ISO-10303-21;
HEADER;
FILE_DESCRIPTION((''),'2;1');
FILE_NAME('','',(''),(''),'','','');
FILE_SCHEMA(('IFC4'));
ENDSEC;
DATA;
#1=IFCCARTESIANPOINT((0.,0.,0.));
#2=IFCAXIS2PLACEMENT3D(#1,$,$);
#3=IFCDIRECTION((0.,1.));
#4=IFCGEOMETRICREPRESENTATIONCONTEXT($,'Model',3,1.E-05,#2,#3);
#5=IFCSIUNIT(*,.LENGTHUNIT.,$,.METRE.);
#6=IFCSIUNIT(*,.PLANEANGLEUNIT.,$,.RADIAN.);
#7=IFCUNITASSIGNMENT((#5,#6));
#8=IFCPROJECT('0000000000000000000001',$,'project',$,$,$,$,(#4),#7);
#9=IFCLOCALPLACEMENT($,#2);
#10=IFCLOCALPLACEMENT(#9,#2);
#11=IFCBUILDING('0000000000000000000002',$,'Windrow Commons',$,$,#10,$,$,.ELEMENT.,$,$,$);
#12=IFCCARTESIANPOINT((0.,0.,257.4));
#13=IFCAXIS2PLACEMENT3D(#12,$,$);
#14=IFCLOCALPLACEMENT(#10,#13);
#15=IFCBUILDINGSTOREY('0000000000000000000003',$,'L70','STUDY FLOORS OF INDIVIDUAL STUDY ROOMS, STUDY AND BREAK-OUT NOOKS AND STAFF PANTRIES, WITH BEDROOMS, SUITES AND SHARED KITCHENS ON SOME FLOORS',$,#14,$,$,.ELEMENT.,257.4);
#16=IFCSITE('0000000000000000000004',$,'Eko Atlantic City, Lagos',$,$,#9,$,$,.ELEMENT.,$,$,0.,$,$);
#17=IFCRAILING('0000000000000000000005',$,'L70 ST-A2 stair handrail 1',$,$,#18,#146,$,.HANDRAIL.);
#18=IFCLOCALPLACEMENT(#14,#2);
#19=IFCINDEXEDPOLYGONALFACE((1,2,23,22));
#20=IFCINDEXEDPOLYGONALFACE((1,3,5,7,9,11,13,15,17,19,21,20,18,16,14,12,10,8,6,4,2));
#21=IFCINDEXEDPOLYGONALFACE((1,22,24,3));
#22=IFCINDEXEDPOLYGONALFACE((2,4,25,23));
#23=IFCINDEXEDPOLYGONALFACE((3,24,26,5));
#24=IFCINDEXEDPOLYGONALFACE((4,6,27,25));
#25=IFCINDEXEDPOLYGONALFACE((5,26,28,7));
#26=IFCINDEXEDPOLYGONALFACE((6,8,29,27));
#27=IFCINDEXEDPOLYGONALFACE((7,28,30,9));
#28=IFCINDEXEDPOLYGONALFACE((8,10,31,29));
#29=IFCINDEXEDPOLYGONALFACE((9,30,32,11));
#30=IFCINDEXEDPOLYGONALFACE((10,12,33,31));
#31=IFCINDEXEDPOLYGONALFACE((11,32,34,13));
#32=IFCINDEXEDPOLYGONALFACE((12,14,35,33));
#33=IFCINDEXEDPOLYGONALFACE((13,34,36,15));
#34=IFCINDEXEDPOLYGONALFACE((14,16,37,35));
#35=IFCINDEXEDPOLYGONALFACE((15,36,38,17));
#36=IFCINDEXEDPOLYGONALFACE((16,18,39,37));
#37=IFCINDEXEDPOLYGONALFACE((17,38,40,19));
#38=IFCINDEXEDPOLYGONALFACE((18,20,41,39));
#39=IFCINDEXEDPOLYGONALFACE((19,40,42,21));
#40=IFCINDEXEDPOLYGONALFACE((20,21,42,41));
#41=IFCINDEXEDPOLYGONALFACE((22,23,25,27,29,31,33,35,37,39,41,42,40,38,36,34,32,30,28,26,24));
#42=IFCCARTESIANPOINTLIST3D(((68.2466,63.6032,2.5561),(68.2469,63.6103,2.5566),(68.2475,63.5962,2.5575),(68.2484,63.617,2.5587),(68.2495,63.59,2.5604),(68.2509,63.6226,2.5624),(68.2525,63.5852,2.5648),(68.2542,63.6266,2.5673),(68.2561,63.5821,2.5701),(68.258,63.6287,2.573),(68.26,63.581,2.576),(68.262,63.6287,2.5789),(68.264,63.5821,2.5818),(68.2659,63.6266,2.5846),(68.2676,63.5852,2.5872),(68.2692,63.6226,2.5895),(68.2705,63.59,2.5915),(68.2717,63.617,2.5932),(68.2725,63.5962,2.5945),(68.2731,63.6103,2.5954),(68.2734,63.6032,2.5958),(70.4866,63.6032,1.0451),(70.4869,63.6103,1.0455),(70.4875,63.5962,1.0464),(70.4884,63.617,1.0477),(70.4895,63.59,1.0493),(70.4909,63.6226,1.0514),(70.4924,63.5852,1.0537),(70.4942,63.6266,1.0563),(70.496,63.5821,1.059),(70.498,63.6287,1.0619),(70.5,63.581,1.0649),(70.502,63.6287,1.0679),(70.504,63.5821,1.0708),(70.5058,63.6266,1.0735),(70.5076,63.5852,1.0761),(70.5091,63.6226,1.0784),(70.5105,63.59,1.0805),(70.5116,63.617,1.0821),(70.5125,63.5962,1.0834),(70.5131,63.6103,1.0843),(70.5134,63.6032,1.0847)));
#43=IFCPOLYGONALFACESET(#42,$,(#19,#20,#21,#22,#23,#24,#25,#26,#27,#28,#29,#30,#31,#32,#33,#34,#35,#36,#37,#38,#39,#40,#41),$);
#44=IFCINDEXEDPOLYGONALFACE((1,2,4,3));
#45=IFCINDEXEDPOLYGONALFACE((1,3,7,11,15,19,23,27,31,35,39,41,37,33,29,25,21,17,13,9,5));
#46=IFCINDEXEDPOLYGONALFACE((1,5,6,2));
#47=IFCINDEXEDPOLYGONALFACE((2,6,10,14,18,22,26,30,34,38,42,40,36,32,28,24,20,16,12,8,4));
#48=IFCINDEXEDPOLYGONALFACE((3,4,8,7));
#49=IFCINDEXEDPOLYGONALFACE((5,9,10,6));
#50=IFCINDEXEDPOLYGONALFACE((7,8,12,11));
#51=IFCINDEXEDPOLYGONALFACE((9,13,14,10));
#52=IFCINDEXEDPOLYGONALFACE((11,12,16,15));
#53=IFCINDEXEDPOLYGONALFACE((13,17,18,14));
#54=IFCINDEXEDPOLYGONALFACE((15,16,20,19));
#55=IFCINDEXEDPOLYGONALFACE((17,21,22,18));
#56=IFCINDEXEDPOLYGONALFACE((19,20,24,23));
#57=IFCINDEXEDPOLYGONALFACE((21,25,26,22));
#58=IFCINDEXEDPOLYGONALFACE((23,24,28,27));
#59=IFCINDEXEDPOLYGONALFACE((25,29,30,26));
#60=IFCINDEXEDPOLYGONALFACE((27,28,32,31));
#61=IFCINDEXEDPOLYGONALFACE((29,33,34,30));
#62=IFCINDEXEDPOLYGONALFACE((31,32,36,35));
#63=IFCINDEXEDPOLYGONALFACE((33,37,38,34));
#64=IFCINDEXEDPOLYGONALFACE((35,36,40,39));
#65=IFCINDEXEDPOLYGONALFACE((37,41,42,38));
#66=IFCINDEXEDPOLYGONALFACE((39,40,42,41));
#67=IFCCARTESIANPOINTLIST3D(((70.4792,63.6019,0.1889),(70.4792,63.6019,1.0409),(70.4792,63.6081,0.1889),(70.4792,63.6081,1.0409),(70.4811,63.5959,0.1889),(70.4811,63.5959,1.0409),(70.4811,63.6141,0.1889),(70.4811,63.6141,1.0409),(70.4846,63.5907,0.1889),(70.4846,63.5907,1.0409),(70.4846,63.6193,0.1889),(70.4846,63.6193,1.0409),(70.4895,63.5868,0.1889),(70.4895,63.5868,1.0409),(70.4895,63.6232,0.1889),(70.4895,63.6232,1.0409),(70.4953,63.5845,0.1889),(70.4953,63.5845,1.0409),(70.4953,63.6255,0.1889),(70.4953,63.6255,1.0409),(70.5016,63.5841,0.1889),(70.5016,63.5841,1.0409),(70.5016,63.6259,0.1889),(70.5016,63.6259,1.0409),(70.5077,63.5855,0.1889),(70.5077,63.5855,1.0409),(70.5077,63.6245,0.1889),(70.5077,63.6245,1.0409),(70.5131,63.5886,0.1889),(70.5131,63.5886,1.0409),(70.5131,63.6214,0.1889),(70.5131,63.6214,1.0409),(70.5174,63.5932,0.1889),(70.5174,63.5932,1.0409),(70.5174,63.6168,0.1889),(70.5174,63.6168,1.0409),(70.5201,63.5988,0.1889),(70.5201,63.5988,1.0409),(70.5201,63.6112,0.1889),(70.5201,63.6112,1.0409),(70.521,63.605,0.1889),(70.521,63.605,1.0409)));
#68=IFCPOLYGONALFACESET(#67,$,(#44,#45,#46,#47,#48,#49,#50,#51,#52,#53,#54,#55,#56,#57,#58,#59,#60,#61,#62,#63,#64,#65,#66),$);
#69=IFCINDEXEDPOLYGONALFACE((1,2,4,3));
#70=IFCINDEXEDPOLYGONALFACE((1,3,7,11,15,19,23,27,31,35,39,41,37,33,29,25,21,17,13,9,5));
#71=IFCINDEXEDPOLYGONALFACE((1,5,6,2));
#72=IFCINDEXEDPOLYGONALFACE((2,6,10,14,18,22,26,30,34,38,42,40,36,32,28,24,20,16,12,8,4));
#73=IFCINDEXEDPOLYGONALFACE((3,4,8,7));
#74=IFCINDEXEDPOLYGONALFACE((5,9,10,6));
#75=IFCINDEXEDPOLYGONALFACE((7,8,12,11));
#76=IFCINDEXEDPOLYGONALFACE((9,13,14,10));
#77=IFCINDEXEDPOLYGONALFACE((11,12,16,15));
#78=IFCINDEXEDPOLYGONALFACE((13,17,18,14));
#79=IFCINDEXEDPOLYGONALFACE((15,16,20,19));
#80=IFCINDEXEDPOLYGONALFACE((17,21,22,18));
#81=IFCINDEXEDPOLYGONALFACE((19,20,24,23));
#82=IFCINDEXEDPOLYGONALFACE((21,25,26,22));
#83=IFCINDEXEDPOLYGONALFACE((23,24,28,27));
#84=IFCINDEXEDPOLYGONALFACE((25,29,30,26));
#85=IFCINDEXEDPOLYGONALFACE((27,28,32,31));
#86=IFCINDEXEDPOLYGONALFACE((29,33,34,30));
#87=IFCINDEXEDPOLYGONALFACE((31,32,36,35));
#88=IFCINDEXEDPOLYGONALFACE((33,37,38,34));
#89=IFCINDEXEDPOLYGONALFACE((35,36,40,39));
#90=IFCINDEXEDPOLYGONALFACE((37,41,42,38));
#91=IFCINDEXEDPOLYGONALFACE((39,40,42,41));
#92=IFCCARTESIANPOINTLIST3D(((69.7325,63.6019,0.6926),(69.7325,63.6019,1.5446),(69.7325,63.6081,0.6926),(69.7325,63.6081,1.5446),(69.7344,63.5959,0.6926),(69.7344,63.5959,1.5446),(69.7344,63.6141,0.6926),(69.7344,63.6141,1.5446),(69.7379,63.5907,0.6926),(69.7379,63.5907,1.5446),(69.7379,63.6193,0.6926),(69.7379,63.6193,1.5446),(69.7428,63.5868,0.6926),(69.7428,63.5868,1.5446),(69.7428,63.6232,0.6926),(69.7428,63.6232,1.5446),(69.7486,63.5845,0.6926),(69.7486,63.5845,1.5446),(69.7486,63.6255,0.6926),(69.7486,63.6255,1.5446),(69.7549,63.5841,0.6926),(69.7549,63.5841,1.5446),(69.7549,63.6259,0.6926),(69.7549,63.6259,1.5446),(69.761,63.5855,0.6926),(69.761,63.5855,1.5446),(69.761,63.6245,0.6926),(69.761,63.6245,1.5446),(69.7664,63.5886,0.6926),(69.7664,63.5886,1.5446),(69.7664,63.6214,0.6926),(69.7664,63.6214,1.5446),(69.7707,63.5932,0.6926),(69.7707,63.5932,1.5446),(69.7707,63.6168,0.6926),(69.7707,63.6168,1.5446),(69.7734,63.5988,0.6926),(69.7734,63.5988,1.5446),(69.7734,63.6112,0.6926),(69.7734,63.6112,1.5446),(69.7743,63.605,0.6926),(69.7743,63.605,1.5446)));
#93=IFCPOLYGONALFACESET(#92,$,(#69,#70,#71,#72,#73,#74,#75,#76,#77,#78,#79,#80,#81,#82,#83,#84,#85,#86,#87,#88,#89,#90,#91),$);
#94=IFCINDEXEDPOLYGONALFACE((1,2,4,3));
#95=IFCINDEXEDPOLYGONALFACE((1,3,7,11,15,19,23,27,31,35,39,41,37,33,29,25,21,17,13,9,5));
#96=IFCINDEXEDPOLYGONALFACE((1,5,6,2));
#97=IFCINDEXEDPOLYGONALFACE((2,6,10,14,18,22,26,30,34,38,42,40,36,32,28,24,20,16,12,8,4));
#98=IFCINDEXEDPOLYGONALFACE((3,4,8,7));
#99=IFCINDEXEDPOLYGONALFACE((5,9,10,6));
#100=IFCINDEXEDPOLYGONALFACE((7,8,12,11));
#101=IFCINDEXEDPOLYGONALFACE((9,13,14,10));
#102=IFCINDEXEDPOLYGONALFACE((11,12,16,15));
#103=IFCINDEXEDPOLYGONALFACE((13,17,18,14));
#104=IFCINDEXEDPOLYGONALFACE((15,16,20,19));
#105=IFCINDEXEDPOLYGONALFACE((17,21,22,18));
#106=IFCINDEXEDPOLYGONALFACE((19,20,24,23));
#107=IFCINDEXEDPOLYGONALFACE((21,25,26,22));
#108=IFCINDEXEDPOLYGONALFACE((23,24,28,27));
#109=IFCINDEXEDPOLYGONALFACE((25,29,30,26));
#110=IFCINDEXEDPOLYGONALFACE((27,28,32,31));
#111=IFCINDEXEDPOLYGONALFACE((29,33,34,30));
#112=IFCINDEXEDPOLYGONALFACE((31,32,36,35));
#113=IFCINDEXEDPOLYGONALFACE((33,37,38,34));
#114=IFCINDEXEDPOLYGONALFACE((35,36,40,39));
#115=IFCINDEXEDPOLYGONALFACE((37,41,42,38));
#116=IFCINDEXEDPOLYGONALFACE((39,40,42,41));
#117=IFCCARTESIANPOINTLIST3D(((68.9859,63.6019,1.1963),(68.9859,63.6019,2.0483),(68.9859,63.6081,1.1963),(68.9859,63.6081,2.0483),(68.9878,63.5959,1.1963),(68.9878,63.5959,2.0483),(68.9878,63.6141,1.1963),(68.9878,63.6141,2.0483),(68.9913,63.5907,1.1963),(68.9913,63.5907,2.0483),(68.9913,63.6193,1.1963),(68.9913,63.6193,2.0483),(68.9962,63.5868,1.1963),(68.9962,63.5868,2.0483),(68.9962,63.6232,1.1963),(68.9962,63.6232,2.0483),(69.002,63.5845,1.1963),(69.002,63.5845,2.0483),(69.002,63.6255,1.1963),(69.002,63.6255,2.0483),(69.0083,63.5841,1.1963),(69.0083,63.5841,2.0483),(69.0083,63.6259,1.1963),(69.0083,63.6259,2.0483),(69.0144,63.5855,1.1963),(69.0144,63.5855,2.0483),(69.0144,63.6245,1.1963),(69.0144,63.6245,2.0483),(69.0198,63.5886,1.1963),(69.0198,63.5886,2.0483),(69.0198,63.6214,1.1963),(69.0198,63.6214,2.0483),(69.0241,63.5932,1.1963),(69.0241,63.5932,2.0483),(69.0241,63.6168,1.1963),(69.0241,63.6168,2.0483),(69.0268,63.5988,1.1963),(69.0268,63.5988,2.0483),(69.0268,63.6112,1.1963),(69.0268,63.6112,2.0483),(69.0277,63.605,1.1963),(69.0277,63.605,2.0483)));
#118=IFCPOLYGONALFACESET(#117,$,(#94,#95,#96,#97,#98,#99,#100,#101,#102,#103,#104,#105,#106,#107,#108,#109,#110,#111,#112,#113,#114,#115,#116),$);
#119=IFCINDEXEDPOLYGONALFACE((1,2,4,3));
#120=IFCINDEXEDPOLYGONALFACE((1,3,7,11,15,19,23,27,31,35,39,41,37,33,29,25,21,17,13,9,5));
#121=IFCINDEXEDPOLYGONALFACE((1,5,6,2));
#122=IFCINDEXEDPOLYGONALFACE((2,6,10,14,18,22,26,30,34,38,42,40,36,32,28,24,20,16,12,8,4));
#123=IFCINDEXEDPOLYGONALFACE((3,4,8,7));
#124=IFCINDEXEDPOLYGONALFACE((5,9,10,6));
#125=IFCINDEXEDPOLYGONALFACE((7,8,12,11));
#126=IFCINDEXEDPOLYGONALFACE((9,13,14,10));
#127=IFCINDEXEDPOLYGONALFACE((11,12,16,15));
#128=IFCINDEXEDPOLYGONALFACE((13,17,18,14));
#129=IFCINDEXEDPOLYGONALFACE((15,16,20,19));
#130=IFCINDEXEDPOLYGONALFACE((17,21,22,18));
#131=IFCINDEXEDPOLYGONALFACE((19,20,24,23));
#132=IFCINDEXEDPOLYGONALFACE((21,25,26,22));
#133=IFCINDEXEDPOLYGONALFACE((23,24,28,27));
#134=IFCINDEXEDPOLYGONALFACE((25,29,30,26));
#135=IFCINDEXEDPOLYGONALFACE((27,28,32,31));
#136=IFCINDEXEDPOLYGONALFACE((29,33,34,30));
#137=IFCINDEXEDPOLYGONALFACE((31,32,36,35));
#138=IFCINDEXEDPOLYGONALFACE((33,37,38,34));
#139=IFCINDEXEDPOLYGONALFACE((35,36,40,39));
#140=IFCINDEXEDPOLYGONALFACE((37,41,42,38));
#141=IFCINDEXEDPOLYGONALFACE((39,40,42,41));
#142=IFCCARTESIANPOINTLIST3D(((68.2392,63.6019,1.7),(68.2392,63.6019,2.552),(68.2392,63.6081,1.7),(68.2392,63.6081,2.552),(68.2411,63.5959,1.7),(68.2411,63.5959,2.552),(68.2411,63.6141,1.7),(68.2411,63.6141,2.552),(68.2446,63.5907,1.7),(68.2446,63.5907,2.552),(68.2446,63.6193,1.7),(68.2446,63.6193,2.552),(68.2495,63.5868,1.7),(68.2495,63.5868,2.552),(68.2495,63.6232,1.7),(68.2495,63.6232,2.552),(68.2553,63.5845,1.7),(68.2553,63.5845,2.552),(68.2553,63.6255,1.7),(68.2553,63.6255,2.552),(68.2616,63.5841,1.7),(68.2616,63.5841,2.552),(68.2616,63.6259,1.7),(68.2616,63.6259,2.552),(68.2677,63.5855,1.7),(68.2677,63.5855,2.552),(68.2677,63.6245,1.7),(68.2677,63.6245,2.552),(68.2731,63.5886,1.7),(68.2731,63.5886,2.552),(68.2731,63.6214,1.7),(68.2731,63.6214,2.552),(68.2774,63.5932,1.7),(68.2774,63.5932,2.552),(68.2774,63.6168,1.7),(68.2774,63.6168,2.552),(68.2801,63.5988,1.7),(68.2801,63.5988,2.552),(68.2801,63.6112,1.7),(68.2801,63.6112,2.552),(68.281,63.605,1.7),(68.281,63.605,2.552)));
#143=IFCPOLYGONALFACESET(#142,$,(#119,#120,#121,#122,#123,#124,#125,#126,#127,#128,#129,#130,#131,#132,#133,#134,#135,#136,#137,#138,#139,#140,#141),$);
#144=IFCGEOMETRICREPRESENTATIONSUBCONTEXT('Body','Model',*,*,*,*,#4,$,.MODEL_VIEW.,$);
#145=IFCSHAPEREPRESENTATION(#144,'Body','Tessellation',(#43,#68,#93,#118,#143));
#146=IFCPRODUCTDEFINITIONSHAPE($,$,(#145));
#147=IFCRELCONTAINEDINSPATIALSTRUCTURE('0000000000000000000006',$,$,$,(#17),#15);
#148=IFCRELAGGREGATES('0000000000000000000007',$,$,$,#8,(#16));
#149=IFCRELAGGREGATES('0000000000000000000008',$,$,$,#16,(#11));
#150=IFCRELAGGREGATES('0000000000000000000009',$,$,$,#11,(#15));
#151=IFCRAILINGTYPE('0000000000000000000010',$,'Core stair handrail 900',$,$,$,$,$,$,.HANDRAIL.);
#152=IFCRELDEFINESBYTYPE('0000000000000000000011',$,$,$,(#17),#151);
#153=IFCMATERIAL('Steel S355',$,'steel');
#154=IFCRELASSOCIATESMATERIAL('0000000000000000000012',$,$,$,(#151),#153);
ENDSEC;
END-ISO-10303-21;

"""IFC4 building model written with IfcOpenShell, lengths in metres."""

from ifc_helpers import new_model, si_unit, direction, frame, origin, origin_2d, place, context, subcontext, project, spatial, circle, extrude, material, type_object, element, save


model = new_model("IFC4")

# Units and contexts
model_context = context("Model", 3, precision=1e-05, world=origin(), true_north=direction((0.0, 1.0)))
body_context = subcontext(model_context, "Body", "Model", "MODEL_VIEW")
ifc_project = project(units=[si_unit("LENGTHUNIT", "METRE"), si_unit("PLANEANGLEUNIT", "RADIAN")], contexts=[model_context])

# Site, building, storey
site_placement = place(None, origin())
site = spatial("IfcSite", under=ifc_project, at=site_placement, Name="Eko Atlantic City, Lagos", CompositionType="ELEMENT", RefElevation=0.0)
building_placement = place(site_placement, origin())
building = spatial("IfcBuilding", under=site, at=building_placement, Name="Windrow Commons", CompositionType="ELEMENT")
storey_placement = place(building_placement, frame((0.0, 0.0, 257.4)))
storey = spatial("IfcBuildingStorey", under=building, at=storey_placement, Name="L70", Description="STUDY FLOORS OF INDIVIDUAL STUDY ROOMS, STUDY AND BREAK-OUT NOOKS AND STAFF PANTRIES, WITH BEDROOMS, SUITES AND SHARED KITCHENS ON SOME FLOORS", CompositionType="ELEMENT", Elevation=257.4)

# Railing
ifc_material_1 = material(Name="Steel S355", Category="steel")
railing_type_1 = type_object("IfcRailingType", Name="Core stair handrail 900", PredefinedType="HANDRAIL", material=ifc_material_1)
railing_1_placement = place(storey_placement, frame((70.5, 63.605, 0.1889)))
element("IfcRailing", 1, at=railing_1_placement, inside=storey, type_object=railing_type_1, Name="L70 ST-A2 stair handrail 1", PredefinedType="HANDRAIL", context=body_context, shape_type="SweptSolid", body=[
    extrude(circle(Radius=0.024, at=origin_2d()), frame((0.0, 0.0, 0.876), z_axis=(-0.829003, 0.0, 0.559244), x_axis=(0.0, -1.0, 0.0)), (0.0, 0.0, 1.0), 2.702),
    extrude(circle(Radius=0.021, at=origin_2d()), origin(), (0.0, 0.0, 1.0), 0.852),
    extrude(circle(Radius=0.021, at=origin_2d()), frame((-0.7467, 0.0, 0.5037)), (0.0, 0.0, 1.0), 0.852),
    extrude(circle(Radius=0.021, at=origin_2d()), frame((-1.4933, 0.0, 1.0074)), (0.0, 0.0, 1.0), 0.852),
    extrude(circle(Radius=0.021, at=origin_2d()), frame((-2.24, 0.0, 1.5111)), (0.0, 0.0, 1.0), 0.852),
])

save(model, "model.ifc")
